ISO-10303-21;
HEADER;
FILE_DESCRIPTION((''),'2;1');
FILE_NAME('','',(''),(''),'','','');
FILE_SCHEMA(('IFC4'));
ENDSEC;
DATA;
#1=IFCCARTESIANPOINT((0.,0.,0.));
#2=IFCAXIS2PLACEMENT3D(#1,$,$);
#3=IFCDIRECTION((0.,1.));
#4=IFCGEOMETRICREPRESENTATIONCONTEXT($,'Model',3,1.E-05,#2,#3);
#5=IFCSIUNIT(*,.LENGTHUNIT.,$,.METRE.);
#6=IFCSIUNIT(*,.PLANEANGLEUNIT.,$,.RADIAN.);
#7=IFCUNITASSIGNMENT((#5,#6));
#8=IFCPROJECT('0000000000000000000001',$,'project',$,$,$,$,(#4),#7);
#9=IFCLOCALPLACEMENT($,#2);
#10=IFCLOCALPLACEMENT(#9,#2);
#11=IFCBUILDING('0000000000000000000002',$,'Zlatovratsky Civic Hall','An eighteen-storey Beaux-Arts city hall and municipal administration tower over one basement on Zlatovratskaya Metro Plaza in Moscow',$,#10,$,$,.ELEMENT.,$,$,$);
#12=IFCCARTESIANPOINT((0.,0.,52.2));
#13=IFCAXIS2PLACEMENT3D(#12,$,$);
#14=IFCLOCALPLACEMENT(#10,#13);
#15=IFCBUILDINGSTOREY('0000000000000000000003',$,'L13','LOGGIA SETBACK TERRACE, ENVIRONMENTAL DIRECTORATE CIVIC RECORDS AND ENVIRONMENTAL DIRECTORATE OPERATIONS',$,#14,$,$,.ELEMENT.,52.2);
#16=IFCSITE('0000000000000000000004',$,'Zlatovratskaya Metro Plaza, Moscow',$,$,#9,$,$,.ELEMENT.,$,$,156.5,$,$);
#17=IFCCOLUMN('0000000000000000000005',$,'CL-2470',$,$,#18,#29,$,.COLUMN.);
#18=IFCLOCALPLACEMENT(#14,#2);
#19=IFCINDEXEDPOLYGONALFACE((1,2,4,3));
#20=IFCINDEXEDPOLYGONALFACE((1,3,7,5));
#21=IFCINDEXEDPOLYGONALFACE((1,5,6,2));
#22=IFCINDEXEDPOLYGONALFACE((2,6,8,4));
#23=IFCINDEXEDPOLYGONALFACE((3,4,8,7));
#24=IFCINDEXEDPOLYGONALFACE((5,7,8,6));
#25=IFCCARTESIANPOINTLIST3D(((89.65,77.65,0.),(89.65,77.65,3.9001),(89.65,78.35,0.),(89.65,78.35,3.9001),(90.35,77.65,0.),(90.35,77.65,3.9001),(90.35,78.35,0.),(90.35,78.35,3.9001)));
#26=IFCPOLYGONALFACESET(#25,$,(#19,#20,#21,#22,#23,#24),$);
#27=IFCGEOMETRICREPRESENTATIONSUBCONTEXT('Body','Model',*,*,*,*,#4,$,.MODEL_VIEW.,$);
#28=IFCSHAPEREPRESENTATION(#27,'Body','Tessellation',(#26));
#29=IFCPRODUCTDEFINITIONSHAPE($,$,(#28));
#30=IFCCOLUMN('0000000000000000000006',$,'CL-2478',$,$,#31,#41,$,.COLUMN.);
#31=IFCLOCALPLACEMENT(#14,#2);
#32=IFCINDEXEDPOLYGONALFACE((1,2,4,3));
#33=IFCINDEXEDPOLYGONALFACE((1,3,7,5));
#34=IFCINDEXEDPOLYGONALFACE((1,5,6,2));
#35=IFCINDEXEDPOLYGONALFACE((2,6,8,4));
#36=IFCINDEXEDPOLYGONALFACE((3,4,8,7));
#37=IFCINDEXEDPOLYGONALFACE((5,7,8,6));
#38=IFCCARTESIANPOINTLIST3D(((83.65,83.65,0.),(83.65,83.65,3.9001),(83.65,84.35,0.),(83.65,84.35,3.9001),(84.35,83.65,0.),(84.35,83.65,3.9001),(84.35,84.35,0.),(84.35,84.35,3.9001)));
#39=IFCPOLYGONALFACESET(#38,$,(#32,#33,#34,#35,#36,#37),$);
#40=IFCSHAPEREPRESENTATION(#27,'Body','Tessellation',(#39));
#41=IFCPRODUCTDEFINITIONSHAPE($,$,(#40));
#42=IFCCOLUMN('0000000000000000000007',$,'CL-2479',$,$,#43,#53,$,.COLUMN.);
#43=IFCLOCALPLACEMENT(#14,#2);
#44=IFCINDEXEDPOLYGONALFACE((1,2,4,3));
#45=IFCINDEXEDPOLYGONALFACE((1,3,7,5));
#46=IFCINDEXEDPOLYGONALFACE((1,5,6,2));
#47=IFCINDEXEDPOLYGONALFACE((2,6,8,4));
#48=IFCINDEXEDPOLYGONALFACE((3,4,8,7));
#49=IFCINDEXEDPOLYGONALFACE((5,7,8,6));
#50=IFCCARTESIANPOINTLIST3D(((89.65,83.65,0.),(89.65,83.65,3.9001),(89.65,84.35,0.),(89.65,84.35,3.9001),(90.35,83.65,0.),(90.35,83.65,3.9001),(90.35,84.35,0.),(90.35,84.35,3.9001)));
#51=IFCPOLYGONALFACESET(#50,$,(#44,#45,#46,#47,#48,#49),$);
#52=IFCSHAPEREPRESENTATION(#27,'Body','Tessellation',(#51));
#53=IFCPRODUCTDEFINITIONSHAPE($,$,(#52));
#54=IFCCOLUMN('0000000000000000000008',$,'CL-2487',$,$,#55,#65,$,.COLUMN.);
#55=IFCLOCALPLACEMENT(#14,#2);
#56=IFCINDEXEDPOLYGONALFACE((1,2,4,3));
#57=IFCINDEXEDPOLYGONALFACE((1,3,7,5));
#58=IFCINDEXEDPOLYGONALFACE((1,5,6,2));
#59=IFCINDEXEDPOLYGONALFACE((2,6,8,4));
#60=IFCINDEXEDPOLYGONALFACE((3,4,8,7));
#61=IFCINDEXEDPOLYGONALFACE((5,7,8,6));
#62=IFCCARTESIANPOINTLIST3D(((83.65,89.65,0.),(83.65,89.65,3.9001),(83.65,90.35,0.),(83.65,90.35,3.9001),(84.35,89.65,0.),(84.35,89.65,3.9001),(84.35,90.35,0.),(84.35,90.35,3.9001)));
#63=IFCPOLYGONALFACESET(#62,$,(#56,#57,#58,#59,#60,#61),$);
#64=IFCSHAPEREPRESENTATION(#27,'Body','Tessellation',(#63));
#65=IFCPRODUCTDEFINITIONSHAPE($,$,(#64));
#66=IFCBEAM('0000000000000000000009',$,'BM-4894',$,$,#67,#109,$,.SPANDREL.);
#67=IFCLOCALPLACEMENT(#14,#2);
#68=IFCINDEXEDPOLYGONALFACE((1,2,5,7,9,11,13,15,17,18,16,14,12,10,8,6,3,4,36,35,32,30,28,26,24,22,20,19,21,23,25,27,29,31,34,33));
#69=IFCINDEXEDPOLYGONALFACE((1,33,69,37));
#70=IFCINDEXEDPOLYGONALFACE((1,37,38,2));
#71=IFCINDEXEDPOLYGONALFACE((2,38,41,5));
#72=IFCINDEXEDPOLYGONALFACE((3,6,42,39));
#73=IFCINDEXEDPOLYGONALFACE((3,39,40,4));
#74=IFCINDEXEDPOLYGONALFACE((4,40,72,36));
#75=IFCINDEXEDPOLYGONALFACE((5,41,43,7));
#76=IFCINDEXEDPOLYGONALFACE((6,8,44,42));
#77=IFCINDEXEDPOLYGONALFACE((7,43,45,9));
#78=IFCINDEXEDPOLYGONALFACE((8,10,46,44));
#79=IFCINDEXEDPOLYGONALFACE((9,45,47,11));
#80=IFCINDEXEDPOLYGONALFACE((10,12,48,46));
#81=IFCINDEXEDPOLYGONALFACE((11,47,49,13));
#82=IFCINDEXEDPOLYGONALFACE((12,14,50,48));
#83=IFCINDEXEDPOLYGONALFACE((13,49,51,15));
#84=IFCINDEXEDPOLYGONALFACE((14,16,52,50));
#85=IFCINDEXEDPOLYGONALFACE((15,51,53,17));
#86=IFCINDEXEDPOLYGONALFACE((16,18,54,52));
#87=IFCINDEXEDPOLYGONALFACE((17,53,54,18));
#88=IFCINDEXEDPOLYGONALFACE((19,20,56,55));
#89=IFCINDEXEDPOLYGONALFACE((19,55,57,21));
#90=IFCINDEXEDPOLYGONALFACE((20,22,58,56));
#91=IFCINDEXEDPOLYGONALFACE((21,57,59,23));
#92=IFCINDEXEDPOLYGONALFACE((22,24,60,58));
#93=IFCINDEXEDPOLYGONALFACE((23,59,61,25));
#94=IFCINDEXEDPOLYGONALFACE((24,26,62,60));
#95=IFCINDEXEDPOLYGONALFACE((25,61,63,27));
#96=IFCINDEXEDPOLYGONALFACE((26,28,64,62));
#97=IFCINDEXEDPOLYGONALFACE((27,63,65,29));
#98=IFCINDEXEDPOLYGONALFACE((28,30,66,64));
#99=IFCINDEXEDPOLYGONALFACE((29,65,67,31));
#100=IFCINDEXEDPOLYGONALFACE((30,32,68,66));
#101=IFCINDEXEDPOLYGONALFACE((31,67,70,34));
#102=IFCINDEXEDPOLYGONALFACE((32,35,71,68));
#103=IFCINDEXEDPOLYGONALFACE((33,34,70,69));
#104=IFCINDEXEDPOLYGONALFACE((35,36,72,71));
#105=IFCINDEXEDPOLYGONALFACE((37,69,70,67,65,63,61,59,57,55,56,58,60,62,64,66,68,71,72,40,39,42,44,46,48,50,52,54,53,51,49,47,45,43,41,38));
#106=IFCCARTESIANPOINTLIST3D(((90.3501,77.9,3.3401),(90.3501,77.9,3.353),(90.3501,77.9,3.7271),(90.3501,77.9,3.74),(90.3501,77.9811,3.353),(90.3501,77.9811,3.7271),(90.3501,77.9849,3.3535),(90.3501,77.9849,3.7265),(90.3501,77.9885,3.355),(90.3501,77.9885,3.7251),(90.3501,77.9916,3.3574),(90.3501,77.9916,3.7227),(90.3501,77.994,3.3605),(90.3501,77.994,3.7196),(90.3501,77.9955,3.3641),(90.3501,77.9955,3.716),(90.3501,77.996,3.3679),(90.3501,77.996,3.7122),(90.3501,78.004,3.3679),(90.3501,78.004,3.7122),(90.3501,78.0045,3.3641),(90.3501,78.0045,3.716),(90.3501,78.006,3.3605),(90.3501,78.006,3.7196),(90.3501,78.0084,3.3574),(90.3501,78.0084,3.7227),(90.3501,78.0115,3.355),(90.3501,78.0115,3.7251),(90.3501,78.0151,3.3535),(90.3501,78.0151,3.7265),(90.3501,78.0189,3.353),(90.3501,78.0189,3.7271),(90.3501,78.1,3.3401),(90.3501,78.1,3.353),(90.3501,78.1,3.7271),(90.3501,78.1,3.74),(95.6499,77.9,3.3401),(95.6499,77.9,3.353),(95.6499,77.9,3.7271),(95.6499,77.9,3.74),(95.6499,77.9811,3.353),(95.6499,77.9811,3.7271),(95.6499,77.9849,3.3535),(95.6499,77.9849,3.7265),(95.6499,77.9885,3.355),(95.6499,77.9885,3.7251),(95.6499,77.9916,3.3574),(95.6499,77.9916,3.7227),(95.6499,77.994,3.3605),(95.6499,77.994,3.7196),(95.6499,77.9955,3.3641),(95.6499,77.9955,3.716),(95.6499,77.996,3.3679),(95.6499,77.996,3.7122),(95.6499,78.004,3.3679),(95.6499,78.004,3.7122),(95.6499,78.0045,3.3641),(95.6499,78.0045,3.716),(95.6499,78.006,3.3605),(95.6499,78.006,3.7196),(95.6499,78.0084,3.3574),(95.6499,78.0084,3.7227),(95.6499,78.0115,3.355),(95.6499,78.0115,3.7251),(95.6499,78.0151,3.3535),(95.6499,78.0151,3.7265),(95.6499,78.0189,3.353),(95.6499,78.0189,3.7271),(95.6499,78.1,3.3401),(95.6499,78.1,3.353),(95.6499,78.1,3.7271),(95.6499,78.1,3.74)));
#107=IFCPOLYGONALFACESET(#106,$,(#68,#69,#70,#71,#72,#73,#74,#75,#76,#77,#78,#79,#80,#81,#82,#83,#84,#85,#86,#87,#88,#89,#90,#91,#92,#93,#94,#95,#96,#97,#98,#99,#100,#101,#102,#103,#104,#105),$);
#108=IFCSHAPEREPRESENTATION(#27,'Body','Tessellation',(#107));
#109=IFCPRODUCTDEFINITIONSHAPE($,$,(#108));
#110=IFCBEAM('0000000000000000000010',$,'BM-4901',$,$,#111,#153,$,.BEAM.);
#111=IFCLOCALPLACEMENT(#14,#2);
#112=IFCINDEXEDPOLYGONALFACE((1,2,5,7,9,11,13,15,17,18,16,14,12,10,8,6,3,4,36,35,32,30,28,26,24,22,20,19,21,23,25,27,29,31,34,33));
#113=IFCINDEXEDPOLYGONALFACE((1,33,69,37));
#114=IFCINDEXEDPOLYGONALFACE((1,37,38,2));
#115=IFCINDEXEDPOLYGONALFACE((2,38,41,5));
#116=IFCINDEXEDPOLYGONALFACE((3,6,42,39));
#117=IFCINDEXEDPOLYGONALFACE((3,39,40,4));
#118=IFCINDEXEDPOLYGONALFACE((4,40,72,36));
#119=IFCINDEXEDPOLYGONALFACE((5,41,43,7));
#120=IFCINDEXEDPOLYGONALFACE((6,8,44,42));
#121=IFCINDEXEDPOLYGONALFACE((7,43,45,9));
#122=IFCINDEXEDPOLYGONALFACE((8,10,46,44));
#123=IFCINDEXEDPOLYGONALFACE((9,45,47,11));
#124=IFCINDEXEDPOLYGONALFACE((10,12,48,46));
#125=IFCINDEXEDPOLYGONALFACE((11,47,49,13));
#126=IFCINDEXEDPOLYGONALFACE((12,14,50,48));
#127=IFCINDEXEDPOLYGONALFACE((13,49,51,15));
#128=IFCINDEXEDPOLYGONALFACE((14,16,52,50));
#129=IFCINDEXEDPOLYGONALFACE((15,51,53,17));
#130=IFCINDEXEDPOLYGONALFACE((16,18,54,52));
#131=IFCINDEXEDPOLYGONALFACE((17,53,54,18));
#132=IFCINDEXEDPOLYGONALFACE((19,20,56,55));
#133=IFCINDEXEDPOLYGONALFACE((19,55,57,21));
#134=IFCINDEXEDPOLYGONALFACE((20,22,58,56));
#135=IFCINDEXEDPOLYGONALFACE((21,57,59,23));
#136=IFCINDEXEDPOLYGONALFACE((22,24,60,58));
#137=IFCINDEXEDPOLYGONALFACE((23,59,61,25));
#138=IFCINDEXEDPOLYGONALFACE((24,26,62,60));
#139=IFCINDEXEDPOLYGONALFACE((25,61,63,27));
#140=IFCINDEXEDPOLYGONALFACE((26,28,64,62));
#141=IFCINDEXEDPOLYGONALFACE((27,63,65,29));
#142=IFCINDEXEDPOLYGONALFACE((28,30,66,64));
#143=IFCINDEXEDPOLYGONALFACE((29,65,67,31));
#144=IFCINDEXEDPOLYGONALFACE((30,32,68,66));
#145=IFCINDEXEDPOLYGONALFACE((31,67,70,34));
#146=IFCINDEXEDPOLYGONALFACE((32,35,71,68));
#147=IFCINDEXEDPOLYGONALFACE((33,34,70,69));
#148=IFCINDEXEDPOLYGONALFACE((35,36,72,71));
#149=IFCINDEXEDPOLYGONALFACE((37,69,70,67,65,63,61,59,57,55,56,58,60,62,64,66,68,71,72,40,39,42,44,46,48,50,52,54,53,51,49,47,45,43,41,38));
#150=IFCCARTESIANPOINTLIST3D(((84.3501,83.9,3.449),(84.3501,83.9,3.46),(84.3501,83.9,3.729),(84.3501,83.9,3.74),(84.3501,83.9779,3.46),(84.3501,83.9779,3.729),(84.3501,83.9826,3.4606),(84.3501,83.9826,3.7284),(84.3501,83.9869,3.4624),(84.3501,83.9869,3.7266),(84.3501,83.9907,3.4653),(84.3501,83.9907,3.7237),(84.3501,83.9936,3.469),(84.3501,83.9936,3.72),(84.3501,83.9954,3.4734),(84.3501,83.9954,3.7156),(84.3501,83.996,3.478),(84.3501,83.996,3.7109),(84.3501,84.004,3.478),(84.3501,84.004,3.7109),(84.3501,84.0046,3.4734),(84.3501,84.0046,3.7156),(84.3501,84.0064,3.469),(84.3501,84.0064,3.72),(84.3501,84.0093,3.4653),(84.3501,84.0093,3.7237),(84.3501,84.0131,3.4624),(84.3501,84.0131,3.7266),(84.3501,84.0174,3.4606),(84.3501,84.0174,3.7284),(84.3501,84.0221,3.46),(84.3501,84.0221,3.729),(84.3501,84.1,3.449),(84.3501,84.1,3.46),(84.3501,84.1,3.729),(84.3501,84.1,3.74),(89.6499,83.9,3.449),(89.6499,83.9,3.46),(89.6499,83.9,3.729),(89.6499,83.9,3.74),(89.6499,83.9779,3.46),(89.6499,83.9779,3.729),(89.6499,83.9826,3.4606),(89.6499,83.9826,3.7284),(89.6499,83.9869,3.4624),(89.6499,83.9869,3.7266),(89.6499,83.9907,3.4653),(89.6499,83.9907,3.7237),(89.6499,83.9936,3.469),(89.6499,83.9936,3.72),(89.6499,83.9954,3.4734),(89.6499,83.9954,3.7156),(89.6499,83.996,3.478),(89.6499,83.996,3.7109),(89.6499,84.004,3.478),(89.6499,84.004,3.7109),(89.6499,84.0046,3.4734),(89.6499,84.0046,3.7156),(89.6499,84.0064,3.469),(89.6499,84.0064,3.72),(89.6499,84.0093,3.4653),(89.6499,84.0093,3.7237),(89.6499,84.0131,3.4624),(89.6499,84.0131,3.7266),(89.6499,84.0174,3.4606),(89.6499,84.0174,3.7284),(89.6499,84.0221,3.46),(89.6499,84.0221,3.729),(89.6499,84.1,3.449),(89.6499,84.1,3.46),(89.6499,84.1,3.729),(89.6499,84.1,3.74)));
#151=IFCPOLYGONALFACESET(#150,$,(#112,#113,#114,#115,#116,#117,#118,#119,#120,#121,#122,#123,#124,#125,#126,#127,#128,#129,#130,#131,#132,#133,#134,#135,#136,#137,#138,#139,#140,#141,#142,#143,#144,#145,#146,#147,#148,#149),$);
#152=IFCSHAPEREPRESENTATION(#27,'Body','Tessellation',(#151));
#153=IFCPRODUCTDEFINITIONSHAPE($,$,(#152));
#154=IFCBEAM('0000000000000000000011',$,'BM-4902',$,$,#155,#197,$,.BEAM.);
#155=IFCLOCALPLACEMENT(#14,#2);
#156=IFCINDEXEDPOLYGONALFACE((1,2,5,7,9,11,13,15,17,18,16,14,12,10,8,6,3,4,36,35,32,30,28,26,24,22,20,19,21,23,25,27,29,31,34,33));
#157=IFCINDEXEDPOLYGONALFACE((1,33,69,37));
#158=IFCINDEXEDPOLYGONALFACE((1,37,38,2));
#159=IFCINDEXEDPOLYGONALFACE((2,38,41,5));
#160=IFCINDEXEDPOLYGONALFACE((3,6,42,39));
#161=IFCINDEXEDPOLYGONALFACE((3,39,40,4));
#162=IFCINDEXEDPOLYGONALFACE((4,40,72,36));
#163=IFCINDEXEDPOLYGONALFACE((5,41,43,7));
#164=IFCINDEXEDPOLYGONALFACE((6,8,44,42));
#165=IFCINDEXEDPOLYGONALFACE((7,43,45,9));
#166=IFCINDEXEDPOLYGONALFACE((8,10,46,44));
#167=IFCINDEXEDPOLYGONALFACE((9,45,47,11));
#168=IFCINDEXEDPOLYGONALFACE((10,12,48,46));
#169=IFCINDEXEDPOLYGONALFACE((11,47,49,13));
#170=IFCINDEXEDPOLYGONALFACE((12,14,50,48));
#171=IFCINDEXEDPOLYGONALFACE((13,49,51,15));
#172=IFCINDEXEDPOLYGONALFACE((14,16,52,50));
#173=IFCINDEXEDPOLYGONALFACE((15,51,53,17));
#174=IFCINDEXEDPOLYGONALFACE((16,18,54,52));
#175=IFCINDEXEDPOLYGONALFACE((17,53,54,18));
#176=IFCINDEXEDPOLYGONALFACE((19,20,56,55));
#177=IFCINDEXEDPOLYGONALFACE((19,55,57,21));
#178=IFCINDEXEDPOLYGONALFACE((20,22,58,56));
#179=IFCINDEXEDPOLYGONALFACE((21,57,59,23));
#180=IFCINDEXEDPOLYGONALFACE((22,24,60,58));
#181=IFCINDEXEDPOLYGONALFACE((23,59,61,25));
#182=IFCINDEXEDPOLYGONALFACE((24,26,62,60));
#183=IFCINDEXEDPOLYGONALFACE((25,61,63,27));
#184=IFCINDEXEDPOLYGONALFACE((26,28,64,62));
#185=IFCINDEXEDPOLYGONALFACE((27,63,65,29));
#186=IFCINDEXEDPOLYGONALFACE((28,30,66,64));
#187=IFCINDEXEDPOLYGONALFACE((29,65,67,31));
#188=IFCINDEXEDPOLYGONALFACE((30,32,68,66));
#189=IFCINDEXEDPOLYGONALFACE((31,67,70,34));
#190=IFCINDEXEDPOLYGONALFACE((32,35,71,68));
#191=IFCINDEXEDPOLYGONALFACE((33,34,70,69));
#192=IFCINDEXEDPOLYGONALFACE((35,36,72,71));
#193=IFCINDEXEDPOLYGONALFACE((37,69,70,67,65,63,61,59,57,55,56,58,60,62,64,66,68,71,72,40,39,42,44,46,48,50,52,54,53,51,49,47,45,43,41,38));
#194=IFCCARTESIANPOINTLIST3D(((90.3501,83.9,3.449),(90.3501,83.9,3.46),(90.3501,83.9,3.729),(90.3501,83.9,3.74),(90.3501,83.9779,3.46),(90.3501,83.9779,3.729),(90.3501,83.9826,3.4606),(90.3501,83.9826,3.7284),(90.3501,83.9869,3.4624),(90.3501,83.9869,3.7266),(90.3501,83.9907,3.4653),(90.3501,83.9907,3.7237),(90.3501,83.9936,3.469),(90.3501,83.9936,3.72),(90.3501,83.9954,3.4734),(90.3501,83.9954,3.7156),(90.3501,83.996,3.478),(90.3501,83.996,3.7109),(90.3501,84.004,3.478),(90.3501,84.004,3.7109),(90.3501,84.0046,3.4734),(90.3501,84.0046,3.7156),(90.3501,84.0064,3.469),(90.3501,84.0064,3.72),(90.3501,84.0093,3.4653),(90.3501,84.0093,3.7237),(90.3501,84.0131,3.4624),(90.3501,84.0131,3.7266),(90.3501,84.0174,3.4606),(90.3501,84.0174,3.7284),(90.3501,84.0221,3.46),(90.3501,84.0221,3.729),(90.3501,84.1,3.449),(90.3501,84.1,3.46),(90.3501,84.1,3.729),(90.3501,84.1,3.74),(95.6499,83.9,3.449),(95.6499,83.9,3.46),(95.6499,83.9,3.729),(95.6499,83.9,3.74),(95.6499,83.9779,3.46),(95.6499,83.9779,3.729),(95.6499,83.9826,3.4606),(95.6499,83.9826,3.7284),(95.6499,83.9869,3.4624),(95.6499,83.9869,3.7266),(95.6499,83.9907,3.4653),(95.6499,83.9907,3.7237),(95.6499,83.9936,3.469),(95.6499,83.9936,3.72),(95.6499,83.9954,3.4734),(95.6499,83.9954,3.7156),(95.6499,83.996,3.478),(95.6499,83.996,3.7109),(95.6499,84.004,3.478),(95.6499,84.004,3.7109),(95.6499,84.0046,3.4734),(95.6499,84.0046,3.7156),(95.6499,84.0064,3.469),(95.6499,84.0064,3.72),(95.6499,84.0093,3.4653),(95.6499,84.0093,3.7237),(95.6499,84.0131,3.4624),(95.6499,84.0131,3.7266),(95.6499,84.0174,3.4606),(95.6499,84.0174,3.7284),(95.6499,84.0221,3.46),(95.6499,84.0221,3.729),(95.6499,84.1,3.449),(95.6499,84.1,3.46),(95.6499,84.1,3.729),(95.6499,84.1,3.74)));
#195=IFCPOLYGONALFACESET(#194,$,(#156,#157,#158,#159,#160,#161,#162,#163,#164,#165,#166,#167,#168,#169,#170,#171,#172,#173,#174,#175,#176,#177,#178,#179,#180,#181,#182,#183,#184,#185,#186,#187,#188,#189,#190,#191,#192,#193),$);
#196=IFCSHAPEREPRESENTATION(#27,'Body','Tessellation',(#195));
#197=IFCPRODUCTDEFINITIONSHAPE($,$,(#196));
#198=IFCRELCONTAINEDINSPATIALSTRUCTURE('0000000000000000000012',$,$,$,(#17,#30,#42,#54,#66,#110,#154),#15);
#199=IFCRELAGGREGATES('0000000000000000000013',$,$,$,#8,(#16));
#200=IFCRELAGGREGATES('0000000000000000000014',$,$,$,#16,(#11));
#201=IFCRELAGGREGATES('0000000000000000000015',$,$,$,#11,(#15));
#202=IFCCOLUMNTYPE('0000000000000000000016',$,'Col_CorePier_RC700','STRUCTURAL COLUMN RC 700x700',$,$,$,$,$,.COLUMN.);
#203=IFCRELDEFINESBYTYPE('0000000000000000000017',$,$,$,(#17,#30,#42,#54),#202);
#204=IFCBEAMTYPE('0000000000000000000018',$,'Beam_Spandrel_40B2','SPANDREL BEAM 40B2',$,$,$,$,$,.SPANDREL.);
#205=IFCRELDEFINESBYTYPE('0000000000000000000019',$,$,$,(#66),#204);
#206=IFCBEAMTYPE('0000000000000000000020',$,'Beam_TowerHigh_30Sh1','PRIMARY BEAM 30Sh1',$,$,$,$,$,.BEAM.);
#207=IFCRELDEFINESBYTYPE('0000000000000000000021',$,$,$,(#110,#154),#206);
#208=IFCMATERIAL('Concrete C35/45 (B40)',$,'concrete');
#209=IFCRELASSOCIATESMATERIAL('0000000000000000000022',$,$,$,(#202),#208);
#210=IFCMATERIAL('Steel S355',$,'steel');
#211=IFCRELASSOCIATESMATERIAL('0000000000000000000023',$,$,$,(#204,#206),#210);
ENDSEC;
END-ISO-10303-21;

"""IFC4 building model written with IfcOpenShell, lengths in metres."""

from ifc_helpers import new_model, si_unit, direction, frame, origin, origin_2d, place, context, subcontext, project, spatial, rectangle, i_section, extrude, material, material_profile, profile_set, type_object, element, save


model = new_model("IFC4")

# Units and contexts
model_context = context("Model", 3, precision=1e-05, world=origin(), true_north=direction((0.0, 1.0)))
body_context = subcontext(model_context, "Body", "Model", "MODEL_VIEW")
ifc_project = project(units=[si_unit("LENGTHUNIT", "METRE"), si_unit("PLANEANGLEUNIT", "RADIAN")], contexts=[model_context])

# Site, building, storey
site_placement = place(None, origin())
site = spatial("IfcSite", under=ifc_project, at=site_placement, Name="Zlatovratskaya Metro Plaza, Moscow", CompositionType="ELEMENT", RefElevation=156.5)
building_placement = place(site_placement, origin())
building = spatial("IfcBuilding", under=site, at=building_placement, Name="Zlatovratsky Civic Hall", Description="An eighteen-storey Beaux-Arts city hall and municipal administration tower over one basement on Zlatovratskaya Metro Plaza in Moscow", CompositionType="ELEMENT")
storey_placement = place(building_placement, frame((0.0, 0.0, 52.2)))
storey = spatial("IfcBuildingStorey", under=building, at=storey_placement, Name="L13", Description="LOGGIA SETBACK TERRACE, ENVIRONMENTAL DIRECTORATE CIVIC RECORDS AND ENVIRONMENTAL DIRECTORATE OPERATIONS", CompositionType="ELEMENT", Elevation=52.2)

# Columns
ifc_material_1 = material(Name="Concrete C35/45 (B40)", Category="concrete")
ifc_material_profile_1 = material_profile(ifc_material_1, rectangle(XDim=0.7, YDim=0.7, at=origin_2d()), Name="RC 700x700")
ifc_profile_set_1 = profile_set([ifc_material_profile_1], Name="Concrete C35/45 (B40)")
column_type = type_object("IfcColumnType", Name="Col_CorePier_RC700", Description="STRUCTURAL COLUMN RC 700x700", PredefinedType="COLUMN", material=ifc_profile_set_1)
for number, where, z_axis, x_axis, name in (
    (1, (90.0, 78.0, 0.0), (0.0, 0.0, 1.0), (1.0, 0.0, 0.0), "CL-2470"),
    (2, (84.0, 84.0, 0.0), (0.0, 0.0, 1.0), (1.0, 0.0, 0.0), "CL-2478"),
    (3, (90.0, 84.0, 0.0), (0.0, 0.0, 1.0), (1.0, 0.0, 0.0), "CL-2479"),
    (4, (84.0, 90.0, 0.0), (0.0, 0.0, 1.0), (1.0, 0.0, 0.0), "CL-2487"),
):
    element("IfcColumn", number, at=place(storey_placement, frame(where, z_axis=z_axis, x_axis=x_axis)), inside=storey, type_object=column_type, Name=name, PredefinedType="COLUMN", context=body_context, shape_type="SweptSolid", body=[
        extrude(rectangle(XDim=0.7, YDim=0.7, at=origin_2d()), origin(), (0.0, 0.0, 1.0), 3.9001),
    ])

# Beams
ifc_material_2 = material(Name="Steel S355", Category="steel")
ifc_material_profile_2 = material_profile(ifc_material_2, i_section(OverallWidth=0.2, OverallDepth=0.3999, WebThickness=0.0081, FlangeThickness=0.0129, FilletRadius=0.0149, at=origin_2d()), Name="40B2")
ifc_profile_set_2 = profile_set([ifc_material_profile_2], Name="Steel S355")
beam_type_1 = type_object("IfcBeamType", Name="Beam_Spandrel_40B2", Description="SPANDREL BEAM 40B2", PredefinedType="SPANDREL", material=ifc_profile_set_2)
beam_placement = place(storey_placement, frame((90.3501, 78.0, 3.54), z_axis=(1.0, 0.0, 0.0), x_axis=(0.0, 1.0, 0.0)))
element("IfcBeam", 5, at=beam_placement, inside=storey, type_object=beam_type_1, Name="BM-4894", PredefinedType="SPANDREL", context=body_context, shape_type="SweptSolid", body=[
    extrude(i_section(OverallWidth=0.2, OverallDepth=0.3999, WebThickness=0.0081, FlangeThickness=0.0129, FilletRadius=0.0149, at=origin_2d()), origin(), (0.0, 0.0, 1.0), 5.2998),
])
ifc_material_profile_3 = material_profile(ifc_material_2, i_section(OverallWidth=0.2, OverallDepth=0.291, WebThickness=0.0081, FlangeThickness=0.011, FilletRadius=0.0181, at=origin_2d()), Name="30Sh1")
ifc_profile_set_3 = profile_set([ifc_material_profile_3], Name="Steel S355")
beam_type_2 = type_object("IfcBeamType", Name="Beam_TowerHigh_30Sh1", Description="PRIMARY BEAM 30Sh1", PredefinedType="BEAM", material=ifc_profile_set_3)
for number, where, z_axis, x_axis, name in (
    (6, (84.3501, 84.0, 3.5945), (1.0, 0.0, 0.0), (0.0, 1.0, 0.0), "BM-4901"),
    (7, (90.3501, 84.0, 3.5945), (1.0, 0.0, 0.0), (0.0, 1.0, 0.0), "BM-4902"),
):
    element("IfcBeam", number, at=place(storey_placement, frame(where, z_axis=z_axis, x_axis=x_axis)), inside=storey, type_object=beam_type_2, Name=name, PredefinedType="BEAM", context=body_context, shape_type="SweptSolid", body=[
        extrude(i_section(OverallWidth=0.2, OverallDepth=0.291, WebThickness=0.0081, FlangeThickness=0.011, FilletRadius=0.0181, at=origin_2d()), origin(), (0.0, 0.0, 1.0), 5.2998),
    ])

save(model, "model.ifc")
